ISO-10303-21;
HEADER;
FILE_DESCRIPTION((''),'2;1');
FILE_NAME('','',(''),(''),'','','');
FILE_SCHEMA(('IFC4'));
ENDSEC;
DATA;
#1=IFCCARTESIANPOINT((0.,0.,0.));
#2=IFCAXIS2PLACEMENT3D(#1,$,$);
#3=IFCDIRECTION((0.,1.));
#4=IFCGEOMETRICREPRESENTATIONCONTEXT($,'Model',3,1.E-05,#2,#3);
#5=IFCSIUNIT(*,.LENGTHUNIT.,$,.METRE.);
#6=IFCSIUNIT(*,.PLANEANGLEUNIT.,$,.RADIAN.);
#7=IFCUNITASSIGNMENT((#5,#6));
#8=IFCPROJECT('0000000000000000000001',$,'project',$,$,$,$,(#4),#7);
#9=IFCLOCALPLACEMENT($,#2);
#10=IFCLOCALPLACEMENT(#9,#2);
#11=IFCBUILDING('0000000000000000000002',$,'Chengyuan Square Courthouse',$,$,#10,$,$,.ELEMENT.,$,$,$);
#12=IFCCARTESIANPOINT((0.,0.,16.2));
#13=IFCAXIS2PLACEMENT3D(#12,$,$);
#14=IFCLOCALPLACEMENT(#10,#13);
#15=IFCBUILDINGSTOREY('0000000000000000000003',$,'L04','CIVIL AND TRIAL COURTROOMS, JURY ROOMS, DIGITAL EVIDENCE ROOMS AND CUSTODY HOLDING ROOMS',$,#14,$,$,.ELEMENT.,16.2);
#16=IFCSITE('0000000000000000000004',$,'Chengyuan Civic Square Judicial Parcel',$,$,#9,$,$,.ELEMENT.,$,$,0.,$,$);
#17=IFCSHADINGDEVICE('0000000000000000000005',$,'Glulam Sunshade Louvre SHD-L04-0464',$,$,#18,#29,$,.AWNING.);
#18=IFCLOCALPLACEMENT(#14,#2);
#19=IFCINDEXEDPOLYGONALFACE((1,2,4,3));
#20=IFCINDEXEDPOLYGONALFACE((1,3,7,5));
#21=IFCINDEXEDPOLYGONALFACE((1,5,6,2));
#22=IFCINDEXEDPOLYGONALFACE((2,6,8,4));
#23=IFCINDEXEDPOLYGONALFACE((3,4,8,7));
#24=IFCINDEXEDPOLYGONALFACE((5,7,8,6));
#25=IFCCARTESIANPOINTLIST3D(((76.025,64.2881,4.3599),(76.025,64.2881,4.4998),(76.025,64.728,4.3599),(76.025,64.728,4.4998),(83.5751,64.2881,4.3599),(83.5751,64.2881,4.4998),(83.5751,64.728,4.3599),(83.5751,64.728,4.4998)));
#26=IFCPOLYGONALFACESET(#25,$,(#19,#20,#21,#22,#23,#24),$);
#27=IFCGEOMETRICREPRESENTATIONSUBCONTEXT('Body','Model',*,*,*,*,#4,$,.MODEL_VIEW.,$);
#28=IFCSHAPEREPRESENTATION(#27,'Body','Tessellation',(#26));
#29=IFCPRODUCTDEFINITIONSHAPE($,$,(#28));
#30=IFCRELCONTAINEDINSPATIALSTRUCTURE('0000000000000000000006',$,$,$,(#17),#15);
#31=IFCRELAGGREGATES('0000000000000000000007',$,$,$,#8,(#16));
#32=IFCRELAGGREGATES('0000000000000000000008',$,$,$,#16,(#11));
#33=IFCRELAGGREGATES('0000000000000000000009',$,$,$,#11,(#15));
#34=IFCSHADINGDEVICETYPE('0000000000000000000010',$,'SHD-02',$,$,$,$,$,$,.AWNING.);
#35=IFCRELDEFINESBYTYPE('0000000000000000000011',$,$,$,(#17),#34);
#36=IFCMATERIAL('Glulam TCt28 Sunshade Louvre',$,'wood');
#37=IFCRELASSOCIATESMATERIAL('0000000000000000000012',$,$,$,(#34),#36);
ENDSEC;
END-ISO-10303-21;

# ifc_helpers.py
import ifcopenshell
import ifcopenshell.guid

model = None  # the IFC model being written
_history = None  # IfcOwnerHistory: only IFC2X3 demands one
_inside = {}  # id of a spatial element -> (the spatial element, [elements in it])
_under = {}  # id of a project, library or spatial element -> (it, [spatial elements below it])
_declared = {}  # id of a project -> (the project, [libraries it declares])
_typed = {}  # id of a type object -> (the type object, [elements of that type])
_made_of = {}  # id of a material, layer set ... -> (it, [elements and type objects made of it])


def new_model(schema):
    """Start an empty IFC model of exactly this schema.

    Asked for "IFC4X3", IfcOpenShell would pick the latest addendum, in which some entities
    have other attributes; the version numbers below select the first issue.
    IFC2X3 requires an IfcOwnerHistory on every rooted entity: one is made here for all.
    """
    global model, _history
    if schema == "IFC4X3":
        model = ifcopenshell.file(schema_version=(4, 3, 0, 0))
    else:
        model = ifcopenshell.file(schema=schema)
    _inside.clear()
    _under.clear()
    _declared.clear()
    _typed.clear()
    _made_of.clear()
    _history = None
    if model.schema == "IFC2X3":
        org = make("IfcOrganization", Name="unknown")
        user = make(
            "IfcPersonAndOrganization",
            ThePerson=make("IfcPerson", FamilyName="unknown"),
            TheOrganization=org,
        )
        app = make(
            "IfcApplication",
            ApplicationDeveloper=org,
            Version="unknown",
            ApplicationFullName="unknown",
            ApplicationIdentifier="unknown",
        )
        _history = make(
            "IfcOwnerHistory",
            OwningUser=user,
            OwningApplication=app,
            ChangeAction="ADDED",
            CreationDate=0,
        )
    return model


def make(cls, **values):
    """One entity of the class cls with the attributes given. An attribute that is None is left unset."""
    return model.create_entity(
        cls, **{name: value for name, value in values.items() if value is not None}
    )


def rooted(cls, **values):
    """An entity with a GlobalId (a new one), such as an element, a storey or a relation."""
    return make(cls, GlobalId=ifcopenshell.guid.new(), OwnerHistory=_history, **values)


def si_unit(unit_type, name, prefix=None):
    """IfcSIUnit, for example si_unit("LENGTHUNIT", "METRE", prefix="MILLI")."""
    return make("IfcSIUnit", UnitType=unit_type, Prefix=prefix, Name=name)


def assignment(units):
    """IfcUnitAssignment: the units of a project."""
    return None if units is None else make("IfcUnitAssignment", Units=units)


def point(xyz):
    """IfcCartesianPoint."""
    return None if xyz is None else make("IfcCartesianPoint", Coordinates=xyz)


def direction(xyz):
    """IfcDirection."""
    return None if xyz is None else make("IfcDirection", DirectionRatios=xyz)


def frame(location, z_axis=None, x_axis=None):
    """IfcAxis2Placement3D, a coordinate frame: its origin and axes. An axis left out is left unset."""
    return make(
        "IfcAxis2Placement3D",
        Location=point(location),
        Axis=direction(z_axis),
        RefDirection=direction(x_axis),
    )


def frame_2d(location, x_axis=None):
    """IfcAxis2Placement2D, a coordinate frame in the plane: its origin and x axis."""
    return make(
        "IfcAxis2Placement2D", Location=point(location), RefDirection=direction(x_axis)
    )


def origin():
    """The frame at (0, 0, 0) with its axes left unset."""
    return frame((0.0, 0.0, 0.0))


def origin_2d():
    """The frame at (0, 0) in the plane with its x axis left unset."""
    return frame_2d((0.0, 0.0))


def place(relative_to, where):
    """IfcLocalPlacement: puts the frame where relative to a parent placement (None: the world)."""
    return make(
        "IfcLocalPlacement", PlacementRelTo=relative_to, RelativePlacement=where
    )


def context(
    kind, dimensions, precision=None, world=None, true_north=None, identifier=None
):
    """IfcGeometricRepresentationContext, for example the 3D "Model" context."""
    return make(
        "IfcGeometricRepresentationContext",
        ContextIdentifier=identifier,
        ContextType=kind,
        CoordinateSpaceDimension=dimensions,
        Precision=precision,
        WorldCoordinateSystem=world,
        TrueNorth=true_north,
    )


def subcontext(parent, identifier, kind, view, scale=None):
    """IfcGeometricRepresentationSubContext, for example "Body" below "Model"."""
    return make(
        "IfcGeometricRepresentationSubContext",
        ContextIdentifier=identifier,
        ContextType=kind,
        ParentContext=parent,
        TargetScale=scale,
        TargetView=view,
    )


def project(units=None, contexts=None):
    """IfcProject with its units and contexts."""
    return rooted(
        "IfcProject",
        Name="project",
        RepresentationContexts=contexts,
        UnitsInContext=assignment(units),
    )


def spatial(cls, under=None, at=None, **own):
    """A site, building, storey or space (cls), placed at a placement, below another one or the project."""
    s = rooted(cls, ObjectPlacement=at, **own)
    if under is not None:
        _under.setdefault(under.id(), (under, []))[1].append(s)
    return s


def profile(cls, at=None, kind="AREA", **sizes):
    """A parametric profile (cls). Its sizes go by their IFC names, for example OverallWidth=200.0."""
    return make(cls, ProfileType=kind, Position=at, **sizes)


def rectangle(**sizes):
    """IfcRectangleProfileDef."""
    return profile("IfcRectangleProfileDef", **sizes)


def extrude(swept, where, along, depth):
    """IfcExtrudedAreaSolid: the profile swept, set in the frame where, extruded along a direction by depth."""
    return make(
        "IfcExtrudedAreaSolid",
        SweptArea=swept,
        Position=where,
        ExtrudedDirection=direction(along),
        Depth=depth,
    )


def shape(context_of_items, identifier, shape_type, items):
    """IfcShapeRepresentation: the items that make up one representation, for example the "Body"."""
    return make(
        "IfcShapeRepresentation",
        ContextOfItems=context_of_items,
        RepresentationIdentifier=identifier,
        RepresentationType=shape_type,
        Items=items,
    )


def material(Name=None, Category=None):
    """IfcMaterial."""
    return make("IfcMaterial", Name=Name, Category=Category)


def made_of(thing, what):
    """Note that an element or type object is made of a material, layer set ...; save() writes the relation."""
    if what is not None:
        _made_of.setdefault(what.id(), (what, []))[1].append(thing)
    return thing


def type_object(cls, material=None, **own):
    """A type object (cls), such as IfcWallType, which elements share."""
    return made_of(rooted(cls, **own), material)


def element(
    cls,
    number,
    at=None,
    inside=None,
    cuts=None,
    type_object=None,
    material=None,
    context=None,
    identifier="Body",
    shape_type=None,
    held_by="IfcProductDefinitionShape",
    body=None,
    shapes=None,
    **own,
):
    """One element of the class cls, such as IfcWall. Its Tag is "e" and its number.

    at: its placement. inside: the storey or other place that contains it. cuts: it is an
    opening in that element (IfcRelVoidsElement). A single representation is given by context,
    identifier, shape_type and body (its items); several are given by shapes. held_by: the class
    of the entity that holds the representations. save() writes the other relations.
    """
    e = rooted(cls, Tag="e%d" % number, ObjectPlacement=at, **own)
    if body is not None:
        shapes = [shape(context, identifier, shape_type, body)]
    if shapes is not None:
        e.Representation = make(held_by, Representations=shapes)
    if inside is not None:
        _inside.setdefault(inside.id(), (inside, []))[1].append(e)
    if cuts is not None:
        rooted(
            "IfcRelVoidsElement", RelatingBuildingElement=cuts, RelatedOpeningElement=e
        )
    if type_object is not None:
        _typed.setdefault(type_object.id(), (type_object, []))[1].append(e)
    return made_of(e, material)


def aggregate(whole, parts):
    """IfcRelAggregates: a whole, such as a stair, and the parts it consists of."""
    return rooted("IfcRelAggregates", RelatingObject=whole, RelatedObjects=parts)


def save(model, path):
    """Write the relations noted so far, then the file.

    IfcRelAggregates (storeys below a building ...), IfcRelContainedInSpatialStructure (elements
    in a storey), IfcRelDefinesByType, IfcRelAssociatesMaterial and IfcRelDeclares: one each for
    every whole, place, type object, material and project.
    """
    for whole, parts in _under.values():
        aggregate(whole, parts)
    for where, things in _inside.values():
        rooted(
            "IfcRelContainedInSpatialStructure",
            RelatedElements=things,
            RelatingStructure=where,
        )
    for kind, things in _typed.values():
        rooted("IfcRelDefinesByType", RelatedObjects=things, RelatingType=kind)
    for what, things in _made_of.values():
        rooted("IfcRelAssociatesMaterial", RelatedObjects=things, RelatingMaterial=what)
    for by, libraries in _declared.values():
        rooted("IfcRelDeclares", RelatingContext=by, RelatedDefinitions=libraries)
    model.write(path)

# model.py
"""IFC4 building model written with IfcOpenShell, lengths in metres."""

from ifc_helpers import new_model, si_unit, direction, frame, origin, origin_2d, place, context, subcontext, project, spatial, rectangle, extrude, material, type_object, element, save


model = new_model("IFC4")

# Units and contexts
model_context = context("Model", 3, precision=1e-05, world=origin(), true_north=direction((0.0, 1.0)))
body_context = subcontext(model_context, "Body", "Model", "MODEL_VIEW")
ifc_project = project(units=[si_unit("LENGTHUNIT", "METRE"), si_unit("PLANEANGLEUNIT", "RADIAN")], contexts=[model_context])

# Site, building, storey
site_placement = place(None, origin())
site = spatial("IfcSite", under=ifc_project, at=site_placement, Name="Chengyuan Civic Square Judicial Parcel", CompositionType="ELEMENT", RefElevation=0.0)
building_placement = place(site_placement, origin())
building = spatial("IfcBuilding", under=site, at=building_placement, Name="Chengyuan Square Courthouse", CompositionType="ELEMENT")
storey_placement = place(building_placement, frame((0.0, 0.0, 16.2)))
storey = spatial("IfcBuildingStorey", under=building, at=storey_placement, Name="L04", Description="CIVIL AND TRIAL COURTROOMS, JURY ROOMS, DIGITAL EVIDENCE ROOMS AND CUSTODY HOLDING ROOMS", CompositionType="ELEMENT", Elevation=16.2)

# Shading device
ifc_material_1 = material(Name="Glulam TCt28 Sunshade Louvre", Category="wood")
shading_device_type_1 = type_object("IfcShadingDeviceType", Name="SHD-02", PredefinedType="AWNING", material=ifc_material_1)
shading_device_placement = place(storey_placement, frame((79.8, 64.5081, 4.3599), z_axis=(0.0, 0.0, 1.0), x_axis=(1.0, 0.0, 0.0)))
element("IfcShadingDevice", 1, at=shading_device_placement, inside=storey, type_object=shading_device_type_1, Name="Glulam Sunshade Louvre SHD-L04-0464", PredefinedType="AWNING", context=body_context, shape_type="SweptSolid", body=[
    extrude(rectangle(XDim=7.55, YDim=0.4399, at=origin_2d()), origin(), (0.0, 0.0, 1.0), 0.1399),
])

save(model, "model.ifc")
